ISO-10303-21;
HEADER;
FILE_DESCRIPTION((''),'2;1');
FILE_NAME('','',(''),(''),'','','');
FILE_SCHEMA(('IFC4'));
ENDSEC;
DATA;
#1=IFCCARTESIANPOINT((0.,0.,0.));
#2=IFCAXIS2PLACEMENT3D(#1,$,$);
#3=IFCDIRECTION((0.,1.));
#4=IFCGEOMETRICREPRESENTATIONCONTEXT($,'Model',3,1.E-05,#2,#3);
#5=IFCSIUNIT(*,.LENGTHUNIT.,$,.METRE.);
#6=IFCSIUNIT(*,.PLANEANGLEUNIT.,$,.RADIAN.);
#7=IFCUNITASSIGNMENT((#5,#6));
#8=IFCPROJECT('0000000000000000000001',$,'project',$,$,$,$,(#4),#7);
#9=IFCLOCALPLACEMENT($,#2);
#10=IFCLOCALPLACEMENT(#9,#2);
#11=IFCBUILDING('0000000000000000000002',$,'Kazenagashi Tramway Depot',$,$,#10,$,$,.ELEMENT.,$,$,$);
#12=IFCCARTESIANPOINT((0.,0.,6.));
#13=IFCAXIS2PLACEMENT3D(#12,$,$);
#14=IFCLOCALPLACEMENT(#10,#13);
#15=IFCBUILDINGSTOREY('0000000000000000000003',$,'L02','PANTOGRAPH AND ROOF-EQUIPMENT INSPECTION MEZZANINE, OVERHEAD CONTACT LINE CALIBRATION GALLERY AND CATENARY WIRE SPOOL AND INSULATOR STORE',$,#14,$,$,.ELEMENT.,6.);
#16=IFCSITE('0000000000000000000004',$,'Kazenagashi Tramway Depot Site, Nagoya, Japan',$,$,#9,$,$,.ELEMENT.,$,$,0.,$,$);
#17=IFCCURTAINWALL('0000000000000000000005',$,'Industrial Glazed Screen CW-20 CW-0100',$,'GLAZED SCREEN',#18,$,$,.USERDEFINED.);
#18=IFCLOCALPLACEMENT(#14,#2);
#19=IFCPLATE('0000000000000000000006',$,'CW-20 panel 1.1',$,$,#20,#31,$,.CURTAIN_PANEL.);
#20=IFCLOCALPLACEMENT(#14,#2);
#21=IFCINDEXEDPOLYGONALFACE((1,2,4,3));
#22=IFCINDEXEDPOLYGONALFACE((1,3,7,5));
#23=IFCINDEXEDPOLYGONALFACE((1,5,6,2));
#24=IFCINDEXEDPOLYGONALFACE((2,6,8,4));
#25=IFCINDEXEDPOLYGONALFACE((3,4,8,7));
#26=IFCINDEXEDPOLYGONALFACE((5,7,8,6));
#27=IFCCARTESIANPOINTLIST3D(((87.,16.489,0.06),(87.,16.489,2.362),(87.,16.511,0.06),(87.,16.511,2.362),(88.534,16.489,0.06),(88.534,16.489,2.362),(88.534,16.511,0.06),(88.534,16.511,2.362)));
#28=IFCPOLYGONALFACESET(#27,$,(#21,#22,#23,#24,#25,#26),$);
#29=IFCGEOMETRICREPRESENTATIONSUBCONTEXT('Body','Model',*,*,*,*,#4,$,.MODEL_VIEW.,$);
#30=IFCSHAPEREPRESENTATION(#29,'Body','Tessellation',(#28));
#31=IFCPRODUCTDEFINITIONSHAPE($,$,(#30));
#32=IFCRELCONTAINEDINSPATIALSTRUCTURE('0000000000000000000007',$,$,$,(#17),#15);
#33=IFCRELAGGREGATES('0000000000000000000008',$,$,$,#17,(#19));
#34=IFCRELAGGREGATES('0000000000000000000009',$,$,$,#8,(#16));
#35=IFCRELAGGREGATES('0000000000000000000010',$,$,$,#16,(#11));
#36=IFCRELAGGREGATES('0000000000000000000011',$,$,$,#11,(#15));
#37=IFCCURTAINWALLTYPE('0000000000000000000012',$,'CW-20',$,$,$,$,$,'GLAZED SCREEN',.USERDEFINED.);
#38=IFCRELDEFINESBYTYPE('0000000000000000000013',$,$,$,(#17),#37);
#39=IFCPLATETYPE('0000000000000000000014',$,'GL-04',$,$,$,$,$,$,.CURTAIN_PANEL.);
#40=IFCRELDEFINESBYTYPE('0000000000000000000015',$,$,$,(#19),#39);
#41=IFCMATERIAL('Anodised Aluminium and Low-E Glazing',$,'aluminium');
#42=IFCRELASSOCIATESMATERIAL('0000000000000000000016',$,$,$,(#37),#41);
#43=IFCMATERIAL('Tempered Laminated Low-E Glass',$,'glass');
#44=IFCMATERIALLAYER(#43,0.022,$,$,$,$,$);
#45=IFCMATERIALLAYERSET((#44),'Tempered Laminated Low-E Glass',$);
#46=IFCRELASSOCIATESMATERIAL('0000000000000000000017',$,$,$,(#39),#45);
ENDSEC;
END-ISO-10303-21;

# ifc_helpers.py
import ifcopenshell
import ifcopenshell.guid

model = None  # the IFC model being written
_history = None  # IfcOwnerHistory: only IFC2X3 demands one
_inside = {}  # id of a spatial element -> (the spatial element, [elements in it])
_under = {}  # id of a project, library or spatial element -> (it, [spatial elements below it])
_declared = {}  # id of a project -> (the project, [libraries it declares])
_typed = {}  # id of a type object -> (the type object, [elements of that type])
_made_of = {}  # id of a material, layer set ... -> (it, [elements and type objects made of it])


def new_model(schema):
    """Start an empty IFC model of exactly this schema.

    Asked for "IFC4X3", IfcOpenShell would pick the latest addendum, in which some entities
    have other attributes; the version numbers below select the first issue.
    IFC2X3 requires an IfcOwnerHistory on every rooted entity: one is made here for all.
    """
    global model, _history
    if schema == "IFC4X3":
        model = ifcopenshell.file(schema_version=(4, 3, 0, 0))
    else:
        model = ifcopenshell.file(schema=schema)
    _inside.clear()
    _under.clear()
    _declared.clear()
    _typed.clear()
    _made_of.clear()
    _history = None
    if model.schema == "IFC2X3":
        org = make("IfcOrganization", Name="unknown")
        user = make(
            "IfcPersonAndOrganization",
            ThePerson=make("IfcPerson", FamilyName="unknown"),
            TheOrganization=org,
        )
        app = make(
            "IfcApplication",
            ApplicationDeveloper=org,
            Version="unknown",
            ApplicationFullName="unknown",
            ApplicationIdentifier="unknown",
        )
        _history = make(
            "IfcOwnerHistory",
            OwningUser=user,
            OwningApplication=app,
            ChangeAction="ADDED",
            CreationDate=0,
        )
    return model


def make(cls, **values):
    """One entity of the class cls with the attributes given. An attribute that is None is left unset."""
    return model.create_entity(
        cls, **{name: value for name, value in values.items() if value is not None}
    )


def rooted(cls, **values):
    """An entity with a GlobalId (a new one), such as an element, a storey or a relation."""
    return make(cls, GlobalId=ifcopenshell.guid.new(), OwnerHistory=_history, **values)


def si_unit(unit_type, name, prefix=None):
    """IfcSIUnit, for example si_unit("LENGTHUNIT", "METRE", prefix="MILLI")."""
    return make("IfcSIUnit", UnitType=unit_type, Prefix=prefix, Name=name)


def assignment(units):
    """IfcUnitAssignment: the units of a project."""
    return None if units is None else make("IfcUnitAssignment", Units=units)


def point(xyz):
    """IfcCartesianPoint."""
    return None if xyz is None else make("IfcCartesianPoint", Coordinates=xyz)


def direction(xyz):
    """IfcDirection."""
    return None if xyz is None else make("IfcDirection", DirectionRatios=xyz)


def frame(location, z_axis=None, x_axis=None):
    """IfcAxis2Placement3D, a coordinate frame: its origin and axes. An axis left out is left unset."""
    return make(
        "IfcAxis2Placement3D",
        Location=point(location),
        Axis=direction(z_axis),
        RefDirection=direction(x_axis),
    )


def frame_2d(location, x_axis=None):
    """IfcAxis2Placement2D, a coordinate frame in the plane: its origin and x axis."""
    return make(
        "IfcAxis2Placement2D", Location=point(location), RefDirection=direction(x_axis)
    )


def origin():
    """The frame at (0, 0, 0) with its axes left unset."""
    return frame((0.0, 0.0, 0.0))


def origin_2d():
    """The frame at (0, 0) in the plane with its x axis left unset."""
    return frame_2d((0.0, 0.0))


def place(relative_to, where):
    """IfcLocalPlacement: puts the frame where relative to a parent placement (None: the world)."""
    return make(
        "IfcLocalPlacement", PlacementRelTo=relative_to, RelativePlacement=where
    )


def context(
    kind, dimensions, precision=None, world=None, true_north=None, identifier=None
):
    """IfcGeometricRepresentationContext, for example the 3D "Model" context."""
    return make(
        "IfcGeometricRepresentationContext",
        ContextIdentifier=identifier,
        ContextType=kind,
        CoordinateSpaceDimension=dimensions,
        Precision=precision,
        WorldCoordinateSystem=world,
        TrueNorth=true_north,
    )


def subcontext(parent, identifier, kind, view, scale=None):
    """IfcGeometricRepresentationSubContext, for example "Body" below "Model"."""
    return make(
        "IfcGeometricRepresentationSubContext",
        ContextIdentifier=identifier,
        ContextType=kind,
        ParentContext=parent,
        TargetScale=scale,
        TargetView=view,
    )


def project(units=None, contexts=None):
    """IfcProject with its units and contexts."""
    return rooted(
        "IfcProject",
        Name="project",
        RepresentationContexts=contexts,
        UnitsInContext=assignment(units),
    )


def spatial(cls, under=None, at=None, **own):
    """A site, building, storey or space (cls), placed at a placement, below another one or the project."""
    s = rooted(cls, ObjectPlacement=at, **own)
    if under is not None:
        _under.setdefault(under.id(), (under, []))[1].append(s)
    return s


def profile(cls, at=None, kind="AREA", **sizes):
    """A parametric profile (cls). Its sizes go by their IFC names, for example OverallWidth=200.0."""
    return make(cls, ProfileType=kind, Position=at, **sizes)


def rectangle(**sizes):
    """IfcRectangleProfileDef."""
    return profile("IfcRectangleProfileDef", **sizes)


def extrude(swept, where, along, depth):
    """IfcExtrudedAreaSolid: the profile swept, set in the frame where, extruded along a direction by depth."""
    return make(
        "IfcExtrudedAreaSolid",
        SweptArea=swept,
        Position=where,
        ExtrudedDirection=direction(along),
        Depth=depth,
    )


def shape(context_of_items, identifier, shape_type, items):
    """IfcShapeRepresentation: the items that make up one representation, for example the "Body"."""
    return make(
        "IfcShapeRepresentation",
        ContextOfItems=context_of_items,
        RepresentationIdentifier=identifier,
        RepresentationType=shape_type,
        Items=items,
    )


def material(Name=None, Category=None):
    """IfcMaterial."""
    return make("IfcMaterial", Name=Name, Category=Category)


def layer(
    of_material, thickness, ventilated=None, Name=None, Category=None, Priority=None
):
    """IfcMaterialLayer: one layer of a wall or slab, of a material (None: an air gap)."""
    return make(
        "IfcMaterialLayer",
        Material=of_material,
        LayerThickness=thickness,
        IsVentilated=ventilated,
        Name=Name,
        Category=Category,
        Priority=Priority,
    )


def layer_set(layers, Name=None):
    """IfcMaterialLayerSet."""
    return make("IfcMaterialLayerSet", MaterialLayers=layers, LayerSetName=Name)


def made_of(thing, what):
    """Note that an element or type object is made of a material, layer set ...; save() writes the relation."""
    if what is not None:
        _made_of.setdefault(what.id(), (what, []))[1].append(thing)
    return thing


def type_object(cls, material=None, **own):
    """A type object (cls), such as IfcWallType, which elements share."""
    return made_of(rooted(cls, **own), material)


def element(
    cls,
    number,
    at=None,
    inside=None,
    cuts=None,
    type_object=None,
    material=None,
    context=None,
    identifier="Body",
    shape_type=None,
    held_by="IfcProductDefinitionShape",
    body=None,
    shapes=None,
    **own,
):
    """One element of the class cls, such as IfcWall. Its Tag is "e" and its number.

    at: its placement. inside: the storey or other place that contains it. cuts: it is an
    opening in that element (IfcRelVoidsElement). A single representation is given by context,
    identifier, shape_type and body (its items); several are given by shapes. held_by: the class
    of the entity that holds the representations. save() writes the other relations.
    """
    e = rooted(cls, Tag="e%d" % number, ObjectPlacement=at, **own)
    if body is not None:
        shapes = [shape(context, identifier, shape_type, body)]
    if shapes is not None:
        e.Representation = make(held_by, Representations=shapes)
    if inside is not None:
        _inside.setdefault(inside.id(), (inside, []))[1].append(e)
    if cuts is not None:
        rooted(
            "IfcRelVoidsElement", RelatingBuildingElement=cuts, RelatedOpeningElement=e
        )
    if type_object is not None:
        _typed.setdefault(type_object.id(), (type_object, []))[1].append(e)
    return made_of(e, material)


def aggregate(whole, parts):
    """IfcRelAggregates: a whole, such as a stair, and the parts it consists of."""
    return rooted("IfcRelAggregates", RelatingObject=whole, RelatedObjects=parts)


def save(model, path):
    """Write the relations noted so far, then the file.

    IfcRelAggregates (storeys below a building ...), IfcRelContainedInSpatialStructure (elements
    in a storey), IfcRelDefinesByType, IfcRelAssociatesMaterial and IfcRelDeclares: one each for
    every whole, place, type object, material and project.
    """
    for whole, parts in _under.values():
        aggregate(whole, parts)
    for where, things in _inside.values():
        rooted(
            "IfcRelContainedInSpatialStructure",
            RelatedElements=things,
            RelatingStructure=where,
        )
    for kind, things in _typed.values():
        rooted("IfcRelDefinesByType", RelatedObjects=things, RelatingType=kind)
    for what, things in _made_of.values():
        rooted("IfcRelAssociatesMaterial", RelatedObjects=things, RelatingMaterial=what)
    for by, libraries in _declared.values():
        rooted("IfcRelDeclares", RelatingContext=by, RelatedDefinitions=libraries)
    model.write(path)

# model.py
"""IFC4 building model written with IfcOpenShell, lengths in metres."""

from ifc_helpers import new_model, si_unit, direction, frame, origin, origin_2d, place, context, subcontext, project, spatial, rectangle, extrude, material, layer, layer_set, type_object, element, aggregate, save


model = new_model("IFC4")

# Units and contexts
model_context = context("Model", 3, precision=1e-05, world=origin(), true_north=direction((0.0, 1.0)))
body_context = subcontext(model_context, "Body", "Model", "MODEL_VIEW")
ifc_project = project(units=[si_unit("LENGTHUNIT", "METRE"), si_unit("PLANEANGLEUNIT", "RADIAN")], contexts=[model_context])

# Site, building, storey
site_placement = place(None, origin())
site = spatial("IfcSite", under=ifc_project, at=site_placement, Name="Kazenagashi Tramway Depot Site, Nagoya, Japan", CompositionType="ELEMENT", RefElevation=0.0)
building_placement = place(site_placement, origin())
building = spatial("IfcBuilding", under=site, at=building_placement, Name="Kazenagashi Tramway Depot", CompositionType="ELEMENT")
storey_placement = place(building_placement, frame((0.0, 0.0, 6.0)))
storey = spatial("IfcBuildingStorey", under=building, at=storey_placement, Name="L02", Description="PANTOGRAPH AND ROOF-EQUIPMENT INSPECTION MEZZANINE, OVERHEAD CONTACT LINE CALIBRATION GALLERY AND CATENARY WIRE SPOOL AND INSULATOR STORE", CompositionType="ELEMENT", Elevation=6.0)

# Shared definitions
ifc_material_1 = material(Name="Anodised Aluminium and Low-E Glazing", Category="aluminium")
curtain_wall_type = type_object("IfcCurtainWallType", Name="CW-20", ElementType="GLAZED SCREEN", PredefinedType="USERDEFINED", material=ifc_material_1)

# Curtain wall
curtain_wall_1_placement = place(storey_placement, origin())
curtain_wall_1 = element("IfcCurtainWall", 1, at=curtain_wall_1_placement, inside=storey, type_object=curtain_wall_type, Name="Industrial Glazed Screen CW-20 CW-0100", ObjectType="GLAZED SCREEN", PredefinedType="USERDEFINED")

# Plate
ifc_material_2 = material(Name="Tempered Laminated Low-E Glass", Category="glass")
ifc_layer_1 = layer(ifc_material_2, 0.022)
ifc_layer_set_1 = layer_set([ifc_layer_1], Name="Tempered Laminated Low-E Glass")
plate_type_1 = type_object("IfcPlateType", Name="GL-04", PredefinedType="CURTAIN_PANEL", material=ifc_layer_set_1)
plate_1_placement = place(storey_placement, frame((87.767, 16.5, 0.06), z_axis=(0.0, 0.0, 1.0), x_axis=(1.0, 0.0, 0.0)))
plate_1 = element("IfcPlate", 2, at=plate_1_placement, type_object=plate_type_1, Name="CW-20 panel 1.1", PredefinedType="CURTAIN_PANEL", context=body_context, shape_type="SweptSolid", body=[
    extrude(rectangle(XDim=1.534, YDim=0.022, at=origin_2d()), origin(), (0.0, 0.0, 1.0), 2.302),
])
aggregate(curtain_wall_1, [plate_1])

save(model, "model.ifc")
